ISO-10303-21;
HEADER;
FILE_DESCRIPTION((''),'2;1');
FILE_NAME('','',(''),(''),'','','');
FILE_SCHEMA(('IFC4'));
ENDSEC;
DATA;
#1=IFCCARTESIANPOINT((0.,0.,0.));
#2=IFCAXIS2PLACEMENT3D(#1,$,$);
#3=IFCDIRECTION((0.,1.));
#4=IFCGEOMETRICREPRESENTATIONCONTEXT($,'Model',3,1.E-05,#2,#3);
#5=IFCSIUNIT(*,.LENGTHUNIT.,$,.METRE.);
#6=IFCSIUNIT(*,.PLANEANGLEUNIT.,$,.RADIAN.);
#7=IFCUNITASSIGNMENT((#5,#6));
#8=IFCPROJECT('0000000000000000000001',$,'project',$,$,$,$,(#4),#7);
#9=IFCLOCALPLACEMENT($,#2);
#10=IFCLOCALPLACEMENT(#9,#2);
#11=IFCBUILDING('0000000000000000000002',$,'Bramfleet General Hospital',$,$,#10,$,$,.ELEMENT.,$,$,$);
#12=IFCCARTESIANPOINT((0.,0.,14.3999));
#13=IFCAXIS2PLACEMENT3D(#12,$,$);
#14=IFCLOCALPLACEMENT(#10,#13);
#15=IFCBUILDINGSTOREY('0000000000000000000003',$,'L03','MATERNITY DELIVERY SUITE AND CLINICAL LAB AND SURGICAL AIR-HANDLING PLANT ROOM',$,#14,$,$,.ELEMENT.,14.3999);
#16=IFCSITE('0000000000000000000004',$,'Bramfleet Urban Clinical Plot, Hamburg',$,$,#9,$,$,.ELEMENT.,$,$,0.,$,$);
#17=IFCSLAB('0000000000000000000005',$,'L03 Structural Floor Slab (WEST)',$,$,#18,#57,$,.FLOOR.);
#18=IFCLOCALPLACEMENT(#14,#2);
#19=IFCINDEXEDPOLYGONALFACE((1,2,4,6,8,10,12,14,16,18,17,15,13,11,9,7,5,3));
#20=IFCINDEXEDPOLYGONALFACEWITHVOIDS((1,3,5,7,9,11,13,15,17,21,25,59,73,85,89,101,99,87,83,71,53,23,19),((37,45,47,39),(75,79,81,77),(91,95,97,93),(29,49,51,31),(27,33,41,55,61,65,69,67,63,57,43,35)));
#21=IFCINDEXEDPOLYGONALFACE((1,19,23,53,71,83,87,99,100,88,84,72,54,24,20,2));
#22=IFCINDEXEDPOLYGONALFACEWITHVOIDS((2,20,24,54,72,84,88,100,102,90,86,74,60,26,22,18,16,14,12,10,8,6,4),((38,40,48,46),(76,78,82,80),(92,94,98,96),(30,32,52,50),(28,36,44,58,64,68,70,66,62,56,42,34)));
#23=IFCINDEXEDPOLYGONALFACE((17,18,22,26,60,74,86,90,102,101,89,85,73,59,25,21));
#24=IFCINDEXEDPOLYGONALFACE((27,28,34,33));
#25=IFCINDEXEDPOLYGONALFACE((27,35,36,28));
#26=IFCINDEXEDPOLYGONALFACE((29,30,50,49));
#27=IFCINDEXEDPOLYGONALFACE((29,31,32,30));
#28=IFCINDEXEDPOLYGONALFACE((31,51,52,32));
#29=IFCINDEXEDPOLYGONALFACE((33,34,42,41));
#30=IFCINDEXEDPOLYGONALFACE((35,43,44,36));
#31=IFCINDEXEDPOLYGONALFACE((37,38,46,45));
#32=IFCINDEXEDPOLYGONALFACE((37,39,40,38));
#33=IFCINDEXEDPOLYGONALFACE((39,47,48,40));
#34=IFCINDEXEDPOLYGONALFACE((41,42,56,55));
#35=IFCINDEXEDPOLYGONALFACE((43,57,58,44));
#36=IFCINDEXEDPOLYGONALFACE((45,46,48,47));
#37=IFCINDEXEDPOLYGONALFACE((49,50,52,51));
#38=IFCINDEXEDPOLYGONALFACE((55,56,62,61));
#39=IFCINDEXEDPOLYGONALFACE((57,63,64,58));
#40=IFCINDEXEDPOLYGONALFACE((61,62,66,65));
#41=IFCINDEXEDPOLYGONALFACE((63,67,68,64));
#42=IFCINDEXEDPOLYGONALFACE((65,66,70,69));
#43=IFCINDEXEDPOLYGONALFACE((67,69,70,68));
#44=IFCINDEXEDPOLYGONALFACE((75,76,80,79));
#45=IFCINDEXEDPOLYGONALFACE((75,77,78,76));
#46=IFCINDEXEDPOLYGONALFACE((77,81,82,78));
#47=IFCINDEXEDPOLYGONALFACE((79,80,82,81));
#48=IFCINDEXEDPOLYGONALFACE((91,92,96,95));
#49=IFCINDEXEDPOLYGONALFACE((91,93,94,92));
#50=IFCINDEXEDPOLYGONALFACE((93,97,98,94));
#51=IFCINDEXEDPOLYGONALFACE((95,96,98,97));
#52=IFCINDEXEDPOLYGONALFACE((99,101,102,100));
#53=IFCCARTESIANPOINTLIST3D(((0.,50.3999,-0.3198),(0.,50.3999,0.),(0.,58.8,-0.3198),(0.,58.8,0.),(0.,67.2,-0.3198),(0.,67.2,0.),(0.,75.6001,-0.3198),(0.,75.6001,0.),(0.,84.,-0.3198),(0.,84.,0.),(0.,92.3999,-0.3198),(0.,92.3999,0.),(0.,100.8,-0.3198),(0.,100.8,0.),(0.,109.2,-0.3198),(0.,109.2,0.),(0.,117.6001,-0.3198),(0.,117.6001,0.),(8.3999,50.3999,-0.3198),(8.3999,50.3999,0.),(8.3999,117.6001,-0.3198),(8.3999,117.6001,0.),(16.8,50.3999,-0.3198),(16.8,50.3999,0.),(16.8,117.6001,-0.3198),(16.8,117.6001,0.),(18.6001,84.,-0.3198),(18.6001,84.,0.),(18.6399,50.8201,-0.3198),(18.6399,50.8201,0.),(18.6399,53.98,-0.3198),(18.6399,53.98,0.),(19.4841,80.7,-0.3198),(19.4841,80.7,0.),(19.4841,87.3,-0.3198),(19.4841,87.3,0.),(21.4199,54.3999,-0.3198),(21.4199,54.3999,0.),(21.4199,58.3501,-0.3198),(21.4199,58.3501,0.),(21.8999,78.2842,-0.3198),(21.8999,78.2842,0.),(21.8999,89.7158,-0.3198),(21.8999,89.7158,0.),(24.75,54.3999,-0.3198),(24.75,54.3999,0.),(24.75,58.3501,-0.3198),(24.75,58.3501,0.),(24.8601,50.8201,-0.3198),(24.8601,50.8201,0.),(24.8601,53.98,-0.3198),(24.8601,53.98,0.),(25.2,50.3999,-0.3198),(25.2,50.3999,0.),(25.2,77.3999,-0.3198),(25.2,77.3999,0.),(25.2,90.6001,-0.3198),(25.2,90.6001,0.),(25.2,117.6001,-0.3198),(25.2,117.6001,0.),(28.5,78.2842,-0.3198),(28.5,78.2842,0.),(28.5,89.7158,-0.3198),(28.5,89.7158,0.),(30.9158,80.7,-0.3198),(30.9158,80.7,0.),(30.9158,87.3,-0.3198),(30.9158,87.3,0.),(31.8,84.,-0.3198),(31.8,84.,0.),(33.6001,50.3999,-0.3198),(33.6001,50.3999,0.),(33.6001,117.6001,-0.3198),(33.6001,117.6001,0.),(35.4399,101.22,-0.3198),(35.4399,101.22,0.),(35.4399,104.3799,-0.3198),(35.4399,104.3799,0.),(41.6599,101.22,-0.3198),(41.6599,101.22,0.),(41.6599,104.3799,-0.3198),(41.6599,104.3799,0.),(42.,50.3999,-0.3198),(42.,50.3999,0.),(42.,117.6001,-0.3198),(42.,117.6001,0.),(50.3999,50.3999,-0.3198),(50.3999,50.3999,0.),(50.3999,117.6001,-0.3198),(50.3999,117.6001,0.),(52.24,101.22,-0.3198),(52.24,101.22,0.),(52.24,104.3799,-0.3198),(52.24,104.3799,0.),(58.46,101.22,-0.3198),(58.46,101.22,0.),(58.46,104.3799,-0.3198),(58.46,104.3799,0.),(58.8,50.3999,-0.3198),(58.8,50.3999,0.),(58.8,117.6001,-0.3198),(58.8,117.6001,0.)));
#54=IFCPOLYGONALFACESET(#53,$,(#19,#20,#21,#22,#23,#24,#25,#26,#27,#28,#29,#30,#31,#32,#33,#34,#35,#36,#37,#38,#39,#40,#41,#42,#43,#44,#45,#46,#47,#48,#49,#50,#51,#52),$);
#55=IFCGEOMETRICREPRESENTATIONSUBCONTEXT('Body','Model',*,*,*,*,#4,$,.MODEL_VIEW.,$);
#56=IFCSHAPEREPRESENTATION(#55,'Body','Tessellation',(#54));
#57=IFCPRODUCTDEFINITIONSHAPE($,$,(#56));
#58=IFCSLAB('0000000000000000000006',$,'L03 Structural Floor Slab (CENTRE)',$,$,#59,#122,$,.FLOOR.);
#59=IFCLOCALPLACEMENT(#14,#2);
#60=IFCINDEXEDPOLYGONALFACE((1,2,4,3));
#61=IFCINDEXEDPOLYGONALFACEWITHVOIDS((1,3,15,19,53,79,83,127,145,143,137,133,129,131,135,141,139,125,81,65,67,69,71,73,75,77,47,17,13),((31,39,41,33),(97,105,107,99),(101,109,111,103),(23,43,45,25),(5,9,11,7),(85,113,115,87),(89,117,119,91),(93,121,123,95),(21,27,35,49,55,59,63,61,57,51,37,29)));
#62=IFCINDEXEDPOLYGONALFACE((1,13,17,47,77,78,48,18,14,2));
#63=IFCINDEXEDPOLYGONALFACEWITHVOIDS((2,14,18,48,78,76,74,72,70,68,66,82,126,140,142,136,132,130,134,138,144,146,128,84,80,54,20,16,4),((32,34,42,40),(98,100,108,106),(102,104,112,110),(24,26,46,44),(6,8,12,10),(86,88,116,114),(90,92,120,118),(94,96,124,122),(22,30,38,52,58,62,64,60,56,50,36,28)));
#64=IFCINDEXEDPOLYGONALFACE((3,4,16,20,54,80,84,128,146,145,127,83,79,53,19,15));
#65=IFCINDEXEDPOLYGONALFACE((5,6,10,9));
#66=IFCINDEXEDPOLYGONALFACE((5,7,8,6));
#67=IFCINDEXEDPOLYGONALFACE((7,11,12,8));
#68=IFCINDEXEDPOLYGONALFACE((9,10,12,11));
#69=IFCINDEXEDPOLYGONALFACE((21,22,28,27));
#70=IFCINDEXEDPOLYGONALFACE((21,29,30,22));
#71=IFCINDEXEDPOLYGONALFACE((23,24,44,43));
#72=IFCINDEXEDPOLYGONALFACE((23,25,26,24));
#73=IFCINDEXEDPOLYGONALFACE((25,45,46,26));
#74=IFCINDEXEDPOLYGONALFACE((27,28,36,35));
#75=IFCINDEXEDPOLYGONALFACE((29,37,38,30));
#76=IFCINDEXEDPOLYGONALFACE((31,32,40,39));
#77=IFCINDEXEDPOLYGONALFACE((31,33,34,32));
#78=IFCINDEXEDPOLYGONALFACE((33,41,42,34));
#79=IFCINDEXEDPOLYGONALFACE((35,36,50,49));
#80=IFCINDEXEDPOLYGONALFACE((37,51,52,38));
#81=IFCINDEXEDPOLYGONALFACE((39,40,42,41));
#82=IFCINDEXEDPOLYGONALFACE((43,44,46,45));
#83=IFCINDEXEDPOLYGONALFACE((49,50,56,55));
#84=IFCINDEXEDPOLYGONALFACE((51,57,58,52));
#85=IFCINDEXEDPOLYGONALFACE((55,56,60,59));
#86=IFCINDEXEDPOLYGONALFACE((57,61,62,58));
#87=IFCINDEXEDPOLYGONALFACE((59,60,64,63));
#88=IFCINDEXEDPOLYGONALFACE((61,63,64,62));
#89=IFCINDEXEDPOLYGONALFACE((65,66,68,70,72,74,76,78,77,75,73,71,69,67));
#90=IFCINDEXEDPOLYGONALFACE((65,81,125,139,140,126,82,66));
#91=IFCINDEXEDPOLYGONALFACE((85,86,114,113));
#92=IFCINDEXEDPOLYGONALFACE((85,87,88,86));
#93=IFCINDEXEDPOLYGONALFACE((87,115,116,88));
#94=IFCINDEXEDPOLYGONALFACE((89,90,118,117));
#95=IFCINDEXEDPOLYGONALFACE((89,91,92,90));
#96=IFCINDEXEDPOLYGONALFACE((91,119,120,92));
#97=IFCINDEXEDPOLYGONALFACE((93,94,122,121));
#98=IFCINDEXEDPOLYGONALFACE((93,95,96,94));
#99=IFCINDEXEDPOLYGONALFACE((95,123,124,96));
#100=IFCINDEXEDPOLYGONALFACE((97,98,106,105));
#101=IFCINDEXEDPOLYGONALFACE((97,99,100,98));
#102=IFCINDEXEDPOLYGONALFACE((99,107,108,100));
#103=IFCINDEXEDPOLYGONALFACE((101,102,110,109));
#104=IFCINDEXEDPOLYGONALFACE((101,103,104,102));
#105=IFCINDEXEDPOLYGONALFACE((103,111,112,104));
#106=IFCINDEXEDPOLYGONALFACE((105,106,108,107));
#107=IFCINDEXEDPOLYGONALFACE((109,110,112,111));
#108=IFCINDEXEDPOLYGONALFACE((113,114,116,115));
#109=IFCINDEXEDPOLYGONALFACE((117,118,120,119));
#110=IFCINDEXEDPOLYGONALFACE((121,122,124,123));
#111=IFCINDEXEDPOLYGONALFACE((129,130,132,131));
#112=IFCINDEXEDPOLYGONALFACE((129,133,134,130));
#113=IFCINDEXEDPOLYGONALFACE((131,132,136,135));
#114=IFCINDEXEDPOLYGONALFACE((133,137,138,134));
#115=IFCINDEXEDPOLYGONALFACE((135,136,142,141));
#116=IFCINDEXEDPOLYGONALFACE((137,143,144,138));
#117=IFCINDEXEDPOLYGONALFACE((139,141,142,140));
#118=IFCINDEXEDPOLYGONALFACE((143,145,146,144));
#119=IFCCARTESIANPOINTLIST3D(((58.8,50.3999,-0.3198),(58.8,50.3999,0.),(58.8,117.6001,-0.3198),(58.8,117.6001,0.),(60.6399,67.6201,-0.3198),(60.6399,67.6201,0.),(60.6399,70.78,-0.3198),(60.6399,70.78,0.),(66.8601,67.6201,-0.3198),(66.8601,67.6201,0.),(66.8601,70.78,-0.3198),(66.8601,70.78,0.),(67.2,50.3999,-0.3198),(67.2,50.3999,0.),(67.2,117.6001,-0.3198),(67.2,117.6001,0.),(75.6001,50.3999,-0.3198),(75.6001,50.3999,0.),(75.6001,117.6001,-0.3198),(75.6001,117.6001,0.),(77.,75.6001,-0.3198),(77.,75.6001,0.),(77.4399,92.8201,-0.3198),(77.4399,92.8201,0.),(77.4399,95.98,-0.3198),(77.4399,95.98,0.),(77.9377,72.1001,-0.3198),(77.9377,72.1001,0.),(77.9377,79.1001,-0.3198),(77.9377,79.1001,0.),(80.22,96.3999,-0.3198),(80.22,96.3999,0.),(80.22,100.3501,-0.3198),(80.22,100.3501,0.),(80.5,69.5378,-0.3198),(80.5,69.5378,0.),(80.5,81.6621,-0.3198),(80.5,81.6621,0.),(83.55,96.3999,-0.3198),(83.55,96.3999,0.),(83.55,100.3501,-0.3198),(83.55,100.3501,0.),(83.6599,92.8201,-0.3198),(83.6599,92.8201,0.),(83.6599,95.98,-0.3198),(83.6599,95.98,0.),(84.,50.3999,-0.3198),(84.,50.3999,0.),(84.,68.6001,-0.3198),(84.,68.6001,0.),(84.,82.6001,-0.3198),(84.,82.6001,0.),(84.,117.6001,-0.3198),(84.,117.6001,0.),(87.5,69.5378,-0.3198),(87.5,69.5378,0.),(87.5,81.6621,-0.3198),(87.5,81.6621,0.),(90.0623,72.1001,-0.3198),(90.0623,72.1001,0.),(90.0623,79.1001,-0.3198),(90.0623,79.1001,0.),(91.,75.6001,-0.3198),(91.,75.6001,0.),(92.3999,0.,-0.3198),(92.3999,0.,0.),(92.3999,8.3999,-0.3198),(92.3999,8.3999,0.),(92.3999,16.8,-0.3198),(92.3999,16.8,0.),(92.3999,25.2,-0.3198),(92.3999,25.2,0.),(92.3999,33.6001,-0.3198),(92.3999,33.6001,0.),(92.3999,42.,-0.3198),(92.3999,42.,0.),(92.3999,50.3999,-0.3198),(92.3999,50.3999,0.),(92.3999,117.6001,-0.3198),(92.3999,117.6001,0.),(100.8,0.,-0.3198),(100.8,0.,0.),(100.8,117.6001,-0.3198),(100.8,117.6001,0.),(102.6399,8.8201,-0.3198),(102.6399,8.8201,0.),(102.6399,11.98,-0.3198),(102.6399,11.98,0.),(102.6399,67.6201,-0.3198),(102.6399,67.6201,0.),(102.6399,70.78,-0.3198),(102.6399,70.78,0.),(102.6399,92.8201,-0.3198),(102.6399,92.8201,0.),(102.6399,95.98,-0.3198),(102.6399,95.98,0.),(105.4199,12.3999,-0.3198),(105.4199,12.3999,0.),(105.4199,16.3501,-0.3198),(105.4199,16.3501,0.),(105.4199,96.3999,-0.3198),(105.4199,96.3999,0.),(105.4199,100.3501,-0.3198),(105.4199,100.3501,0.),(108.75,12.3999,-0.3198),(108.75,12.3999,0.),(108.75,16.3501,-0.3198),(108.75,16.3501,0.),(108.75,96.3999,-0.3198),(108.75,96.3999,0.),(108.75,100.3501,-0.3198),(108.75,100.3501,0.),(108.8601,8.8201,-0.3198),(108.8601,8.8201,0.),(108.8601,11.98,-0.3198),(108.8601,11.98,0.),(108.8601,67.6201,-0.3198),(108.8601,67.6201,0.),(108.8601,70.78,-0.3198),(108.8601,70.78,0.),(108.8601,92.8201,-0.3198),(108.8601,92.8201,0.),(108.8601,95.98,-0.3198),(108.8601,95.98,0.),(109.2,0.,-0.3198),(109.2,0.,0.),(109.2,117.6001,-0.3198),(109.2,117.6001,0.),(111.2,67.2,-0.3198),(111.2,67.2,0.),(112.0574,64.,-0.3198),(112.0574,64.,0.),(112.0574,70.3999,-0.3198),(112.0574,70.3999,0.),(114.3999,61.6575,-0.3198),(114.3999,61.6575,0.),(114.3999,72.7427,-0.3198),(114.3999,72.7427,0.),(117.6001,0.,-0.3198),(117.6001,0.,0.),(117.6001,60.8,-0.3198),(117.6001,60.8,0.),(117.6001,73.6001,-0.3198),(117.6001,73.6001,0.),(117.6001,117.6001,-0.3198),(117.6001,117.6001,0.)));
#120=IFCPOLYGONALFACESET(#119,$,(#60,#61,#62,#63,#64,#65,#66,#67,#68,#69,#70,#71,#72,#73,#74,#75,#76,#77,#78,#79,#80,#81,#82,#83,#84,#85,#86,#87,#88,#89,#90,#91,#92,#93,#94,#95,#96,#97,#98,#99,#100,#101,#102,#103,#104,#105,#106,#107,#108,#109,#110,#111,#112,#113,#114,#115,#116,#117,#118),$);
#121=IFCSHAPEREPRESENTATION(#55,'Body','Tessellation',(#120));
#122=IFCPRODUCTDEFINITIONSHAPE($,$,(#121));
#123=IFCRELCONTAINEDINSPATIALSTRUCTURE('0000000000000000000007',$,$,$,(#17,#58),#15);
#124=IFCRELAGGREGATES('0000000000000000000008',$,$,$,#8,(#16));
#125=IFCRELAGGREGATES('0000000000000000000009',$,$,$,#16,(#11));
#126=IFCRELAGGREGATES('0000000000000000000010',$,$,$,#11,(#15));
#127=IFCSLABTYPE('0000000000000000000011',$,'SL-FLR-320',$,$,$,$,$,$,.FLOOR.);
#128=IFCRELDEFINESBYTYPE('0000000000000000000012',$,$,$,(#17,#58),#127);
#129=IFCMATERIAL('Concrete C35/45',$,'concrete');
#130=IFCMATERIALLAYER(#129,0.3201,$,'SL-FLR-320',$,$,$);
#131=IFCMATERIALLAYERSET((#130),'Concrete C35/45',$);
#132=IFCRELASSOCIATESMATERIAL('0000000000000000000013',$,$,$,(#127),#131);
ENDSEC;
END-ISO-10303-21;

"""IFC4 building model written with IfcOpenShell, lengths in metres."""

from ifc_helpers import new_model, si_unit, direction, frame, origin, place, context, subcontext, project, spatial, polyline, outline, extrude, material, layer, layer_set, type_object, element, save


model = new_model("IFC4")

# Units and contexts
model_context = context("Model", 3, precision=1e-05, world=origin(), true_north=direction((0.0, 1.0)))
body_context = subcontext(model_context, "Body", "Model", "MODEL_VIEW")
ifc_project = project(units=[si_unit("LENGTHUNIT", "METRE"), si_unit("PLANEANGLEUNIT", "RADIAN")], contexts=[model_context])

# Site, building, storey
site_placement = place(None, origin())
site = spatial("IfcSite", under=ifc_project, at=site_placement, Name="Bramfleet Urban Clinical Plot, Hamburg", CompositionType="ELEMENT", RefElevation=0.0)
building_placement = place(site_placement, origin())
building = spatial("IfcBuilding", under=site, at=building_placement, Name="Bramfleet General Hospital", CompositionType="ELEMENT")
storey_placement = place(building_placement, frame((0.0, 0.0, 14.3999)))
storey = spatial("IfcBuildingStorey", under=building, at=storey_placement, Name="L03", Description="MATERNITY DELIVERY SUITE AND CLINICAL LAB AND SURGICAL AIR-HANDLING PLANT ROOM", CompositionType="ELEMENT", Elevation=14.3999)

# Shared definitions
ifc_material_1 = material(Name="Concrete C35/45", Category="concrete")

# Slabs
ifc_layer_1 = layer(ifc_material_1, 0.3201, Name="SL-FLR-320")
ifc_layer_set_1 = layer_set([ifc_layer_1], Name="Concrete C35/45")
slab_type_1 = type_object("IfcSlabType", Name="SL-FLR-320", PredefinedType="FLOOR", material=ifc_layer_set_1)
slab_1_placement = place(storey_placement, frame((0.0, 0.0, -0.3198)))
element("IfcSlab", 1, at=slab_1_placement, inside=storey, type_object=slab_type_1, Name="L03 Structural Floor Slab (WEST)", PredefinedType="FLOOR", context=body_context, shape_type="SweptSolid", body=[
    extrude(outline(polyline([(0.0, 58.8), (0.0, 67.2), (0.0, 75.6001), (0.0, 84.0), (0.0, 92.3999), (0.0, 100.8), (0.0, 109.2), (0.0, 117.6001), (8.3999, 117.6001), (16.8, 117.6001), (25.2, 117.6001), (33.6001, 117.6001), (42.0, 117.6001), (50.3999, 117.6001), (58.8, 117.6001), (58.8, 50.3999), (50.3999, 50.3999), (42.0, 50.3999), (33.6001, 50.3999), (25.2, 50.3999), (16.8, 50.3999), (8.3999, 50.3999), (0.0, 50.3999), (0.0, 58.8)]), holes=[polyline([(19.4841, 80.7), (21.8999, 78.2842), (25.2, 77.3999), (28.5, 78.2842), (30.9158, 80.7), (31.8, 84.0), (30.9158, 87.3), (28.5, 89.7158), (25.2, 90.6001), (21.8999, 89.7158), (19.4841, 87.3), (18.6001, 84.0), (19.4841, 80.7)]), polyline([(18.6399, 50.8201), (24.8601, 50.8201), (24.8601, 53.98), (18.6399, 53.98), (18.6399, 50.8201)]), polyline([(21.4199, 54.3999), (24.75, 54.3999), (24.75, 58.3501), (21.4199, 58.3501), (21.4199, 54.3999)]), polyline([(35.4399, 101.22), (41.6599, 101.22), (41.6599, 104.3799), (35.4399, 104.3799), (35.4399, 101.22)]), polyline([(52.24, 101.22), (58.46, 101.22), (58.46, 104.3799), (52.24, 104.3799), (52.24, 101.22)])]), origin(), (0.0, 0.0, 1.0), 0.3198),
])
slab_2_placement = place(storey_placement, frame((0.0, 0.0, -0.3198)))
element("IfcSlab", 2, at=slab_2_placement, inside=storey, type_object=slab_type_1, Name="L03 Structural Floor Slab (CENTRE)", PredefinedType="FLOOR", context=body_context, shape_type="SweptSolid", body=[
    extrude(outline(polyline([(67.2, 117.6001), (75.6001, 117.6001), (84.0, 117.6001), (92.3999, 117.6001), (100.8, 117.6001), (109.2, 117.6001), (117.6001, 117.6001), (117.6001, 73.6001), (114.3999, 72.7427), (112.0574, 70.3999), (111.2, 67.2), (112.0574, 64.0), (114.3999, 61.6575), (117.6001, 60.8), (117.6001, 0.0), (109.2, 0.0), (100.8, 0.0), (92.3999, 0.0), (92.3999, 8.3999), (92.3999, 16.8), (92.3999, 25.2), (92.3999, 33.6001), (92.3999, 42.0), (92.3999, 50.3999), (84.0, 50.3999), (75.6001, 50.3999), (67.2, 50.3999), (58.8, 50.3999), (58.8, 117.6001), (67.2, 117.6001)]), holes=[polyline([(77.9377, 72.1001), (80.5, 69.5378), (84.0, 68.6001), (87.5, 69.5378), (90.0623, 72.1001), (91.0, 75.6001), (90.0623, 79.1001), (87.5, 81.6621), (84.0, 82.6001), (80.5, 81.6621), (77.9377, 79.1001), (77.0, 75.6001), (77.9377, 72.1001)]), polyline([(102.6399, 8.8201), (108.8601, 8.8201), (108.8601, 11.98), (102.6399, 11.98), (102.6399, 8.8201)]), polyline([(105.4199, 12.3999), (108.75, 12.3999), (108.75, 16.3501), (105.4199, 16.3501), (105.4199, 12.3999)]), polyline([(102.6399, 92.8201), (108.8601, 92.8201), (108.8601, 95.98), (102.6399, 95.98), (102.6399, 92.8201)]), polyline([(105.4199, 96.3999), (108.75, 96.3999), (108.75, 100.3501), (105.4199, 100.3501), (105.4199, 96.3999)]), polyline([(77.4399, 92.8201), (83.6599, 92.8201), (83.6599, 95.98), (77.4399, 95.98), (77.4399, 92.8201)]), polyline([(80.22, 96.3999), (83.55, 96.3999), (83.55, 100.3501), (80.22, 100.3501), (80.22, 96.3999)]), polyline([(102.6399, 67.6201), (108.8601, 67.6201), (108.8601, 70.78), (102.6399, 70.78), (102.6399, 67.6201)]), polyline([(60.6399, 67.6201), (66.8601, 67.6201), (66.8601, 70.78), (60.6399, 70.78), (60.6399, 67.6201)])]), origin(), (0.0, 0.0, 1.0), 0.3198),
])

save(model, "model.ifc")
